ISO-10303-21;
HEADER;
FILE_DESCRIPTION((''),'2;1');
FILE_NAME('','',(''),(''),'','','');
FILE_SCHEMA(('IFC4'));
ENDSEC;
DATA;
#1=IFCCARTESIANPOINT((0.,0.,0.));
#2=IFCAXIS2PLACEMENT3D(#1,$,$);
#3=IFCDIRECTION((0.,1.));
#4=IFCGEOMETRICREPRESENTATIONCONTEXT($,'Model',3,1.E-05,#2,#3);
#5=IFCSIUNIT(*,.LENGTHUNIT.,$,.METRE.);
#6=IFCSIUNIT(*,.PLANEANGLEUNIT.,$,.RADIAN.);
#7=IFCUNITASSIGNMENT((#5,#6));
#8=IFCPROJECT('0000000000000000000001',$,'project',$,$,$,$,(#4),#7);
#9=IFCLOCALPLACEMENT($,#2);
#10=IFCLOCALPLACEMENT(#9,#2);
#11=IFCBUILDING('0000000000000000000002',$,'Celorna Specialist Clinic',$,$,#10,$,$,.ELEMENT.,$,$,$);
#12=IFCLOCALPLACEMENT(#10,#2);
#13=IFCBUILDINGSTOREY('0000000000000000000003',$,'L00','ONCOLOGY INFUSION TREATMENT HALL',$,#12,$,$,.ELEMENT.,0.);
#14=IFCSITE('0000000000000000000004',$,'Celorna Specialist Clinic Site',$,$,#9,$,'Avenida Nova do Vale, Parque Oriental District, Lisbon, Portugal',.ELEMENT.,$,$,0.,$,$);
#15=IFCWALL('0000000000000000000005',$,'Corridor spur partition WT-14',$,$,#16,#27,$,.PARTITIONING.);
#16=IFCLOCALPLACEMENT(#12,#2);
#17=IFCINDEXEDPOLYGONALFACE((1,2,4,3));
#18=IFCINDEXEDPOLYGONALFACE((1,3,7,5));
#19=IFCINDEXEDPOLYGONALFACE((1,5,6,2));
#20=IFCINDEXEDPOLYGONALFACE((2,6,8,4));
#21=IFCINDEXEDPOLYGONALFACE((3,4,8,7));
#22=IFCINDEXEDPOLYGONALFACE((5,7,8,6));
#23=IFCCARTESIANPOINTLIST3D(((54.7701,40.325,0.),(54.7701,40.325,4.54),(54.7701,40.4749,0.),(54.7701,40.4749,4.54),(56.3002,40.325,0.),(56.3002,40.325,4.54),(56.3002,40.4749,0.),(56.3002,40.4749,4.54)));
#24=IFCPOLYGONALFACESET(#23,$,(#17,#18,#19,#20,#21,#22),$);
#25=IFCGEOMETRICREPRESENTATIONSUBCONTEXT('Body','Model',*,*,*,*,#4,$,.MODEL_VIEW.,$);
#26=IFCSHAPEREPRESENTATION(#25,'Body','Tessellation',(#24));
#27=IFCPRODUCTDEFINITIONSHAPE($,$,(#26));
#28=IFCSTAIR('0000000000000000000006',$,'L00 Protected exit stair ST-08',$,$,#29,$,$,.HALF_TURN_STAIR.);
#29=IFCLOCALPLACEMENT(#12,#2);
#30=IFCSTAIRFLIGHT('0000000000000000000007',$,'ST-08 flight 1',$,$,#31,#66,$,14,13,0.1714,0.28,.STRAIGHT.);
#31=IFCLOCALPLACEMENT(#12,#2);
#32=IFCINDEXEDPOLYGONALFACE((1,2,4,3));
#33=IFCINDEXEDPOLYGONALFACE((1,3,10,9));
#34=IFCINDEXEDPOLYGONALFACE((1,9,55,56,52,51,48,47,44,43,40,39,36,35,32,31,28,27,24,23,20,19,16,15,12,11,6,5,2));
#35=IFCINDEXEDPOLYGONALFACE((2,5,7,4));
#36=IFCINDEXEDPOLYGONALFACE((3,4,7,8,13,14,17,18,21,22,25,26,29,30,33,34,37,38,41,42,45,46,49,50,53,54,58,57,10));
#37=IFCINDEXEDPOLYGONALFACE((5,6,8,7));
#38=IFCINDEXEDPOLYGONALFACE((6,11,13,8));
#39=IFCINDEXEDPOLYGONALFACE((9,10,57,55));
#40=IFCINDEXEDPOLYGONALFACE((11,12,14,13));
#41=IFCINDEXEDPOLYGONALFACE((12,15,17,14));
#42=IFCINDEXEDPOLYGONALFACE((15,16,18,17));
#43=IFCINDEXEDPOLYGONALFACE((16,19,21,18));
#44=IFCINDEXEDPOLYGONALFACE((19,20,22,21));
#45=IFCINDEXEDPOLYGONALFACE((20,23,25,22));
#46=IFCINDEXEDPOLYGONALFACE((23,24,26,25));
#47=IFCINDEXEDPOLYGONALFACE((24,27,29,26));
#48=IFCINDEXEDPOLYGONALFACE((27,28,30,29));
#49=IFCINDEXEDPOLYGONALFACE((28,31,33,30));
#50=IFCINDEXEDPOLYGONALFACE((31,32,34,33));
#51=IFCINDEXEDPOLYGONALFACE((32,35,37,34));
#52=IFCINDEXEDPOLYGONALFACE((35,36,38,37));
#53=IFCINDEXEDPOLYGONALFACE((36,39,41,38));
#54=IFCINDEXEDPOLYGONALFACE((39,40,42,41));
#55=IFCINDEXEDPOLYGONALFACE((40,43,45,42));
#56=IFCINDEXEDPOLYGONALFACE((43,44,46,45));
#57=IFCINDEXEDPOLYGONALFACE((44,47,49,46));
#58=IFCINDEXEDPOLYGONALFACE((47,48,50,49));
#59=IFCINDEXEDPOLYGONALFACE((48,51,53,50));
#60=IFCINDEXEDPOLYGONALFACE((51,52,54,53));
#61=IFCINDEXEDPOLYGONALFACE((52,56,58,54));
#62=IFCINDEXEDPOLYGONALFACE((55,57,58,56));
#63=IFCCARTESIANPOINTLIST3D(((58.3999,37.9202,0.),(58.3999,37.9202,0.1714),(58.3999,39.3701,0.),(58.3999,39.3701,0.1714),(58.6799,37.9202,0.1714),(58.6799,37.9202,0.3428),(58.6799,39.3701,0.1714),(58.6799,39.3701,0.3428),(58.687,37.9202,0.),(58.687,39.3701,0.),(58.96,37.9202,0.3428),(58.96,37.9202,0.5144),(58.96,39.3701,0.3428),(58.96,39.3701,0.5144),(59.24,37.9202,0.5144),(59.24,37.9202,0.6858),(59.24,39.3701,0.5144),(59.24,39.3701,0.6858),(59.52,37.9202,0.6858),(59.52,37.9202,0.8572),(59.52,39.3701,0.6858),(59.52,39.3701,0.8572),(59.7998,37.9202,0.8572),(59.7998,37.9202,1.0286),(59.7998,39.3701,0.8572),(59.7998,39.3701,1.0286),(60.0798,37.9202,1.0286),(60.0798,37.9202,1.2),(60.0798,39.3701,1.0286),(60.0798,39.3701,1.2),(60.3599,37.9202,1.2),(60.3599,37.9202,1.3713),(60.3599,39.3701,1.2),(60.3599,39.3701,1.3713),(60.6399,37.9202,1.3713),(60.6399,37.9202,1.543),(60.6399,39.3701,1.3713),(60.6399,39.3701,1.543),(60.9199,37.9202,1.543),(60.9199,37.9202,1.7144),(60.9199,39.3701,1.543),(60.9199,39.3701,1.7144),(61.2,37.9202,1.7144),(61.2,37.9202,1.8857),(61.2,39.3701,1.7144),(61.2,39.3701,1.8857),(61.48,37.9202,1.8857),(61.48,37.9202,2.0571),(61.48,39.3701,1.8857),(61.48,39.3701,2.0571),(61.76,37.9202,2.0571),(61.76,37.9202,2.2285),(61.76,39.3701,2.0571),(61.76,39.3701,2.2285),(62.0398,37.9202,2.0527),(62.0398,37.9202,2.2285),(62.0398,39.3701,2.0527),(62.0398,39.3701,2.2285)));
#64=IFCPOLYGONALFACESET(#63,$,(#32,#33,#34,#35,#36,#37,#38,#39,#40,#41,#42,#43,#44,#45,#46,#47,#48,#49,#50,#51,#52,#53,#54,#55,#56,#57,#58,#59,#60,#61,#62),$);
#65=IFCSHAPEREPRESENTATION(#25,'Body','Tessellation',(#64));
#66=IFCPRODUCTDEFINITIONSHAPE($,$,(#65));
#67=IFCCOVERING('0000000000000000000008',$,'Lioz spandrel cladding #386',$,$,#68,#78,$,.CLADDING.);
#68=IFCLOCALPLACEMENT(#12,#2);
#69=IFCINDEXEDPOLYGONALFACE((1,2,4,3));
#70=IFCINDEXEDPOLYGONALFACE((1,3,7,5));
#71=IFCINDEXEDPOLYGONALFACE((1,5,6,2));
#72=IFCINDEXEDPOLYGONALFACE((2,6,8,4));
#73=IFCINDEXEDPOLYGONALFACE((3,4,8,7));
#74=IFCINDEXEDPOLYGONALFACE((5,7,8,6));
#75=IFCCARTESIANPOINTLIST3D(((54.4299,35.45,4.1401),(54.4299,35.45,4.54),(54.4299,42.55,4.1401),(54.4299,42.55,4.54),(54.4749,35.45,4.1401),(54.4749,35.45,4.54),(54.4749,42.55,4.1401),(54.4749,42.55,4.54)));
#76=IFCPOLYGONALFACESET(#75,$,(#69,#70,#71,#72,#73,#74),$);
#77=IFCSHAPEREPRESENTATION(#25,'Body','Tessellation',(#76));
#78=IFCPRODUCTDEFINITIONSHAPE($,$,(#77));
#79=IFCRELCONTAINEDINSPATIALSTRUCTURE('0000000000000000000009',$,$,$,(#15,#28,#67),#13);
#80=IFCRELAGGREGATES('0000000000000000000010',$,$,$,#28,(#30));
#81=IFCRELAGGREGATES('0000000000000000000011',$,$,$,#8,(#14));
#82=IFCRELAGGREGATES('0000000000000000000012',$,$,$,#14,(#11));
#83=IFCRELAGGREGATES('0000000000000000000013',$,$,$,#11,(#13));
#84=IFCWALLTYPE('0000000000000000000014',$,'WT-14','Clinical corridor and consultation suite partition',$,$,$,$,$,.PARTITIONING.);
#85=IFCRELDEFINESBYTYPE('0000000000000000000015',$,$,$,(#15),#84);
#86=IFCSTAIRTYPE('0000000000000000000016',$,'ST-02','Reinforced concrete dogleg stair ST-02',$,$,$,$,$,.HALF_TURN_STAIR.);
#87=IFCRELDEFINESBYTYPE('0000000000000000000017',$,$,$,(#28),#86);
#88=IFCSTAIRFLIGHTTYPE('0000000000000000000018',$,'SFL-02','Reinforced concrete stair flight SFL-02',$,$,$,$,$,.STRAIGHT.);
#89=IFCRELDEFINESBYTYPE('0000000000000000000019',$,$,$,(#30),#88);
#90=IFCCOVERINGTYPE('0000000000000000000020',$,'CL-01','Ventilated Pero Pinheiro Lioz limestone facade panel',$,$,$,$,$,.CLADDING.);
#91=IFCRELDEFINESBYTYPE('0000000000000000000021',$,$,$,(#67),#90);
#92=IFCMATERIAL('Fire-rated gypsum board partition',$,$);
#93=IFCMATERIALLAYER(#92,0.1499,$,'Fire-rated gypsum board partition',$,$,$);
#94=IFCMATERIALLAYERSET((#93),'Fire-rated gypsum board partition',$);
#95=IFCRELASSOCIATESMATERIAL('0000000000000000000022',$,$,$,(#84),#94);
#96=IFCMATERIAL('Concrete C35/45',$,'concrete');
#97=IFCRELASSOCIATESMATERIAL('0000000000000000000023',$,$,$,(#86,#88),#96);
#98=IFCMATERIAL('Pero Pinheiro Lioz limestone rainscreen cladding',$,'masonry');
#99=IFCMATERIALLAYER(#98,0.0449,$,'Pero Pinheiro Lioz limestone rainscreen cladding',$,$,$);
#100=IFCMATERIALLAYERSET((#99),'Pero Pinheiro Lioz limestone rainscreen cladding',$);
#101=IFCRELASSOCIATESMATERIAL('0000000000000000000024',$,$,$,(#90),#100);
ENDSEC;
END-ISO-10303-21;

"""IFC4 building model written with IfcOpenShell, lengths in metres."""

from ifc_helpers import new_model, si_unit, direction, frame, frame_2d, origin, origin_2d, place, context, subcontext, project, spatial, polyline, rectangle, outline, extrude, material, layer, layer_set, type_object, element, aggregate, save


model = new_model("IFC4")

# Units and contexts
model_context = context("Model", 3, precision=1e-05, world=origin(), true_north=direction((0.0, 1.0)))
body_context = subcontext(model_context, "Body", "Model", "MODEL_VIEW")
ifc_project = project(units=[si_unit("LENGTHUNIT", "METRE"), si_unit("PLANEANGLEUNIT", "RADIAN")], contexts=[model_context])

# Site, building, storey
site_placement = place(None, origin())
site = spatial("IfcSite", under=ifc_project, at=site_placement, Name="Celorna Specialist Clinic Site", LongName="Avenida Nova do Vale, Parque Oriental District, Lisbon, Portugal", CompositionType="ELEMENT", RefElevation=0.0)
building_placement = place(site_placement, origin())
building = spatial("IfcBuilding", under=site, at=building_placement, Name="Celorna Specialist Clinic", CompositionType="ELEMENT")
storey_placement = place(building_placement, origin())
storey = spatial("IfcBuildingStorey", under=building, at=storey_placement, Name="L00", Description="ONCOLOGY INFUSION TREATMENT HALL", CompositionType="ELEMENT", Elevation=0.0)

# Shared definitions
ifc_material_1 = material(Name="Concrete C35/45", Category="concrete")

# Wall
ifc_material_2 = material(Name="Fire-rated gypsum board partition")
ifc_layer_1 = layer(ifc_material_2, 0.1499, Name="Fire-rated gypsum board partition")
ifc_layer_set_1 = layer_set([ifc_layer_1], Name="Fire-rated gypsum board partition")
wall_type_1 = type_object("IfcWallType", Name="WT-14", Description="Clinical corridor and consultation suite partition", PredefinedType="PARTITIONING", material=ifc_layer_set_1)
wall_1_placement = place(storey_placement, frame((54.77, 40.3999, 0.0), z_axis=(0.0, 0.0, 1.0), x_axis=(1.0, 0.0, 0.0)))
element("IfcWall", 1, at=wall_1_placement, inside=storey, type_object=wall_type_1, Name="Corridor spur partition WT-14", PredefinedType="PARTITIONING", context=body_context, shape_type="SweptSolid", body=[
    extrude(rectangle(XDim=1.53, YDim=0.1499, at=frame_2d((0.7651, 0.0))), origin(), (0.0, 0.0, 1.0), 4.54),
])

# Stair, stair flight
stair_type = type_object("IfcStairType", Name="ST-02", Description="Reinforced concrete dogleg stair ST-02", PredefinedType="HALF_TURN_STAIR", material=ifc_material_1)
stair_placement = place(storey_placement, origin())
stair = element("IfcStair", 2, at=stair_placement, inside=storey, type_object=stair_type, Name="L00 Protected exit stair ST-08", PredefinedType="HALF_TURN_STAIR")
stair_flight_type = type_object("IfcStairFlightType", Name="SFL-02", Description="Reinforced concrete stair flight SFL-02", PredefinedType="STRAIGHT", material=ifc_material_1)
stair_flight_placement = place(storey_placement, frame((58.3999, 38.645, 0.0), z_axis=(0.0, 0.0, 1.0), x_axis=(1.0, 0.0, 0.0)))
stair_flight = element("IfcStairFlight", 3, at=stair_flight_placement, type_object=stair_flight_type, Name="ST-08 flight 1", NumberOfRisers=14, NumberOfTreads=13, PredefinedType="STRAIGHT", RiserHeight=0.1714, TreadLength=0.28, context=body_context, shape_type="SweptSolid", body=[
    extrude(outline(polyline([(0.0, 0.0), (0.0, 0.1714), (0.28, 0.1714), (0.28, 0.3428), (0.5601, 0.3428), (0.5601, 0.5144), (0.8401, 0.5144), (0.8401, 0.6858), (1.1201, 0.6858), (1.1201, 0.8572), (1.3999, 0.8572), (1.3999, 1.0286), (1.6799, 1.0286), (1.6799, 1.2), (1.96, 1.2), (1.96, 1.3713), (2.24, 1.3713), (2.24, 1.543), (2.52, 1.543), (2.52, 1.7144), (2.8, 1.7144), (2.8, 1.8857), (3.0801, 1.8857), (3.0801, 2.0571), (3.3601, 2.0571), (3.3601, 2.2285), (3.6399, 2.2285), (3.6399, 2.3999), (3.6399, 2.0527), (0.2871, 0.0), (0.0, 0.0)])), frame((0.0, 0.7251, 0.0), z_axis=(0.0, -1.0, 0.0), x_axis=(1.0, 0.0, 0.0)), (0.0, 0.0, 1.0), 1.45),
])
aggregate(stair, [stair_flight])

# Covering
ifc_material_3 = material(Name="Pero Pinheiro Lioz limestone rainscreen cladding", Category="masonry")
ifc_layer_2 = layer(ifc_material_3, 0.0449, Name="Pero Pinheiro Lioz limestone rainscreen cladding")
ifc_layer_set_2 = layer_set([ifc_layer_2], Name="Pero Pinheiro Lioz limestone rainscreen cladding")
covering_type = type_object("IfcCoveringType", Name="CL-01", Description="Ventilated Pero Pinheiro Lioz limestone facade panel", PredefinedType="CLADDING", material=ifc_layer_set_2)
covering_placement = place(storey_placement, frame((54.4524, 39.0, 4.1401), z_axis=(0.0, 0.0, 1.0), x_axis=(0.0, 1.0, 0.0)))
element("IfcCovering", 4, at=covering_placement, inside=storey, type_object=covering_type, Name="Lioz spandrel cladding #386", PredefinedType="CLADDING", context=body_context, shape_type="SweptSolid", body=[
    extrude(rectangle(XDim=7.1001, YDim=0.0449, at=origin_2d()), origin(), (0.0, 0.0, 1.0), 0.3999),
])

save(model, "model.ifc")
